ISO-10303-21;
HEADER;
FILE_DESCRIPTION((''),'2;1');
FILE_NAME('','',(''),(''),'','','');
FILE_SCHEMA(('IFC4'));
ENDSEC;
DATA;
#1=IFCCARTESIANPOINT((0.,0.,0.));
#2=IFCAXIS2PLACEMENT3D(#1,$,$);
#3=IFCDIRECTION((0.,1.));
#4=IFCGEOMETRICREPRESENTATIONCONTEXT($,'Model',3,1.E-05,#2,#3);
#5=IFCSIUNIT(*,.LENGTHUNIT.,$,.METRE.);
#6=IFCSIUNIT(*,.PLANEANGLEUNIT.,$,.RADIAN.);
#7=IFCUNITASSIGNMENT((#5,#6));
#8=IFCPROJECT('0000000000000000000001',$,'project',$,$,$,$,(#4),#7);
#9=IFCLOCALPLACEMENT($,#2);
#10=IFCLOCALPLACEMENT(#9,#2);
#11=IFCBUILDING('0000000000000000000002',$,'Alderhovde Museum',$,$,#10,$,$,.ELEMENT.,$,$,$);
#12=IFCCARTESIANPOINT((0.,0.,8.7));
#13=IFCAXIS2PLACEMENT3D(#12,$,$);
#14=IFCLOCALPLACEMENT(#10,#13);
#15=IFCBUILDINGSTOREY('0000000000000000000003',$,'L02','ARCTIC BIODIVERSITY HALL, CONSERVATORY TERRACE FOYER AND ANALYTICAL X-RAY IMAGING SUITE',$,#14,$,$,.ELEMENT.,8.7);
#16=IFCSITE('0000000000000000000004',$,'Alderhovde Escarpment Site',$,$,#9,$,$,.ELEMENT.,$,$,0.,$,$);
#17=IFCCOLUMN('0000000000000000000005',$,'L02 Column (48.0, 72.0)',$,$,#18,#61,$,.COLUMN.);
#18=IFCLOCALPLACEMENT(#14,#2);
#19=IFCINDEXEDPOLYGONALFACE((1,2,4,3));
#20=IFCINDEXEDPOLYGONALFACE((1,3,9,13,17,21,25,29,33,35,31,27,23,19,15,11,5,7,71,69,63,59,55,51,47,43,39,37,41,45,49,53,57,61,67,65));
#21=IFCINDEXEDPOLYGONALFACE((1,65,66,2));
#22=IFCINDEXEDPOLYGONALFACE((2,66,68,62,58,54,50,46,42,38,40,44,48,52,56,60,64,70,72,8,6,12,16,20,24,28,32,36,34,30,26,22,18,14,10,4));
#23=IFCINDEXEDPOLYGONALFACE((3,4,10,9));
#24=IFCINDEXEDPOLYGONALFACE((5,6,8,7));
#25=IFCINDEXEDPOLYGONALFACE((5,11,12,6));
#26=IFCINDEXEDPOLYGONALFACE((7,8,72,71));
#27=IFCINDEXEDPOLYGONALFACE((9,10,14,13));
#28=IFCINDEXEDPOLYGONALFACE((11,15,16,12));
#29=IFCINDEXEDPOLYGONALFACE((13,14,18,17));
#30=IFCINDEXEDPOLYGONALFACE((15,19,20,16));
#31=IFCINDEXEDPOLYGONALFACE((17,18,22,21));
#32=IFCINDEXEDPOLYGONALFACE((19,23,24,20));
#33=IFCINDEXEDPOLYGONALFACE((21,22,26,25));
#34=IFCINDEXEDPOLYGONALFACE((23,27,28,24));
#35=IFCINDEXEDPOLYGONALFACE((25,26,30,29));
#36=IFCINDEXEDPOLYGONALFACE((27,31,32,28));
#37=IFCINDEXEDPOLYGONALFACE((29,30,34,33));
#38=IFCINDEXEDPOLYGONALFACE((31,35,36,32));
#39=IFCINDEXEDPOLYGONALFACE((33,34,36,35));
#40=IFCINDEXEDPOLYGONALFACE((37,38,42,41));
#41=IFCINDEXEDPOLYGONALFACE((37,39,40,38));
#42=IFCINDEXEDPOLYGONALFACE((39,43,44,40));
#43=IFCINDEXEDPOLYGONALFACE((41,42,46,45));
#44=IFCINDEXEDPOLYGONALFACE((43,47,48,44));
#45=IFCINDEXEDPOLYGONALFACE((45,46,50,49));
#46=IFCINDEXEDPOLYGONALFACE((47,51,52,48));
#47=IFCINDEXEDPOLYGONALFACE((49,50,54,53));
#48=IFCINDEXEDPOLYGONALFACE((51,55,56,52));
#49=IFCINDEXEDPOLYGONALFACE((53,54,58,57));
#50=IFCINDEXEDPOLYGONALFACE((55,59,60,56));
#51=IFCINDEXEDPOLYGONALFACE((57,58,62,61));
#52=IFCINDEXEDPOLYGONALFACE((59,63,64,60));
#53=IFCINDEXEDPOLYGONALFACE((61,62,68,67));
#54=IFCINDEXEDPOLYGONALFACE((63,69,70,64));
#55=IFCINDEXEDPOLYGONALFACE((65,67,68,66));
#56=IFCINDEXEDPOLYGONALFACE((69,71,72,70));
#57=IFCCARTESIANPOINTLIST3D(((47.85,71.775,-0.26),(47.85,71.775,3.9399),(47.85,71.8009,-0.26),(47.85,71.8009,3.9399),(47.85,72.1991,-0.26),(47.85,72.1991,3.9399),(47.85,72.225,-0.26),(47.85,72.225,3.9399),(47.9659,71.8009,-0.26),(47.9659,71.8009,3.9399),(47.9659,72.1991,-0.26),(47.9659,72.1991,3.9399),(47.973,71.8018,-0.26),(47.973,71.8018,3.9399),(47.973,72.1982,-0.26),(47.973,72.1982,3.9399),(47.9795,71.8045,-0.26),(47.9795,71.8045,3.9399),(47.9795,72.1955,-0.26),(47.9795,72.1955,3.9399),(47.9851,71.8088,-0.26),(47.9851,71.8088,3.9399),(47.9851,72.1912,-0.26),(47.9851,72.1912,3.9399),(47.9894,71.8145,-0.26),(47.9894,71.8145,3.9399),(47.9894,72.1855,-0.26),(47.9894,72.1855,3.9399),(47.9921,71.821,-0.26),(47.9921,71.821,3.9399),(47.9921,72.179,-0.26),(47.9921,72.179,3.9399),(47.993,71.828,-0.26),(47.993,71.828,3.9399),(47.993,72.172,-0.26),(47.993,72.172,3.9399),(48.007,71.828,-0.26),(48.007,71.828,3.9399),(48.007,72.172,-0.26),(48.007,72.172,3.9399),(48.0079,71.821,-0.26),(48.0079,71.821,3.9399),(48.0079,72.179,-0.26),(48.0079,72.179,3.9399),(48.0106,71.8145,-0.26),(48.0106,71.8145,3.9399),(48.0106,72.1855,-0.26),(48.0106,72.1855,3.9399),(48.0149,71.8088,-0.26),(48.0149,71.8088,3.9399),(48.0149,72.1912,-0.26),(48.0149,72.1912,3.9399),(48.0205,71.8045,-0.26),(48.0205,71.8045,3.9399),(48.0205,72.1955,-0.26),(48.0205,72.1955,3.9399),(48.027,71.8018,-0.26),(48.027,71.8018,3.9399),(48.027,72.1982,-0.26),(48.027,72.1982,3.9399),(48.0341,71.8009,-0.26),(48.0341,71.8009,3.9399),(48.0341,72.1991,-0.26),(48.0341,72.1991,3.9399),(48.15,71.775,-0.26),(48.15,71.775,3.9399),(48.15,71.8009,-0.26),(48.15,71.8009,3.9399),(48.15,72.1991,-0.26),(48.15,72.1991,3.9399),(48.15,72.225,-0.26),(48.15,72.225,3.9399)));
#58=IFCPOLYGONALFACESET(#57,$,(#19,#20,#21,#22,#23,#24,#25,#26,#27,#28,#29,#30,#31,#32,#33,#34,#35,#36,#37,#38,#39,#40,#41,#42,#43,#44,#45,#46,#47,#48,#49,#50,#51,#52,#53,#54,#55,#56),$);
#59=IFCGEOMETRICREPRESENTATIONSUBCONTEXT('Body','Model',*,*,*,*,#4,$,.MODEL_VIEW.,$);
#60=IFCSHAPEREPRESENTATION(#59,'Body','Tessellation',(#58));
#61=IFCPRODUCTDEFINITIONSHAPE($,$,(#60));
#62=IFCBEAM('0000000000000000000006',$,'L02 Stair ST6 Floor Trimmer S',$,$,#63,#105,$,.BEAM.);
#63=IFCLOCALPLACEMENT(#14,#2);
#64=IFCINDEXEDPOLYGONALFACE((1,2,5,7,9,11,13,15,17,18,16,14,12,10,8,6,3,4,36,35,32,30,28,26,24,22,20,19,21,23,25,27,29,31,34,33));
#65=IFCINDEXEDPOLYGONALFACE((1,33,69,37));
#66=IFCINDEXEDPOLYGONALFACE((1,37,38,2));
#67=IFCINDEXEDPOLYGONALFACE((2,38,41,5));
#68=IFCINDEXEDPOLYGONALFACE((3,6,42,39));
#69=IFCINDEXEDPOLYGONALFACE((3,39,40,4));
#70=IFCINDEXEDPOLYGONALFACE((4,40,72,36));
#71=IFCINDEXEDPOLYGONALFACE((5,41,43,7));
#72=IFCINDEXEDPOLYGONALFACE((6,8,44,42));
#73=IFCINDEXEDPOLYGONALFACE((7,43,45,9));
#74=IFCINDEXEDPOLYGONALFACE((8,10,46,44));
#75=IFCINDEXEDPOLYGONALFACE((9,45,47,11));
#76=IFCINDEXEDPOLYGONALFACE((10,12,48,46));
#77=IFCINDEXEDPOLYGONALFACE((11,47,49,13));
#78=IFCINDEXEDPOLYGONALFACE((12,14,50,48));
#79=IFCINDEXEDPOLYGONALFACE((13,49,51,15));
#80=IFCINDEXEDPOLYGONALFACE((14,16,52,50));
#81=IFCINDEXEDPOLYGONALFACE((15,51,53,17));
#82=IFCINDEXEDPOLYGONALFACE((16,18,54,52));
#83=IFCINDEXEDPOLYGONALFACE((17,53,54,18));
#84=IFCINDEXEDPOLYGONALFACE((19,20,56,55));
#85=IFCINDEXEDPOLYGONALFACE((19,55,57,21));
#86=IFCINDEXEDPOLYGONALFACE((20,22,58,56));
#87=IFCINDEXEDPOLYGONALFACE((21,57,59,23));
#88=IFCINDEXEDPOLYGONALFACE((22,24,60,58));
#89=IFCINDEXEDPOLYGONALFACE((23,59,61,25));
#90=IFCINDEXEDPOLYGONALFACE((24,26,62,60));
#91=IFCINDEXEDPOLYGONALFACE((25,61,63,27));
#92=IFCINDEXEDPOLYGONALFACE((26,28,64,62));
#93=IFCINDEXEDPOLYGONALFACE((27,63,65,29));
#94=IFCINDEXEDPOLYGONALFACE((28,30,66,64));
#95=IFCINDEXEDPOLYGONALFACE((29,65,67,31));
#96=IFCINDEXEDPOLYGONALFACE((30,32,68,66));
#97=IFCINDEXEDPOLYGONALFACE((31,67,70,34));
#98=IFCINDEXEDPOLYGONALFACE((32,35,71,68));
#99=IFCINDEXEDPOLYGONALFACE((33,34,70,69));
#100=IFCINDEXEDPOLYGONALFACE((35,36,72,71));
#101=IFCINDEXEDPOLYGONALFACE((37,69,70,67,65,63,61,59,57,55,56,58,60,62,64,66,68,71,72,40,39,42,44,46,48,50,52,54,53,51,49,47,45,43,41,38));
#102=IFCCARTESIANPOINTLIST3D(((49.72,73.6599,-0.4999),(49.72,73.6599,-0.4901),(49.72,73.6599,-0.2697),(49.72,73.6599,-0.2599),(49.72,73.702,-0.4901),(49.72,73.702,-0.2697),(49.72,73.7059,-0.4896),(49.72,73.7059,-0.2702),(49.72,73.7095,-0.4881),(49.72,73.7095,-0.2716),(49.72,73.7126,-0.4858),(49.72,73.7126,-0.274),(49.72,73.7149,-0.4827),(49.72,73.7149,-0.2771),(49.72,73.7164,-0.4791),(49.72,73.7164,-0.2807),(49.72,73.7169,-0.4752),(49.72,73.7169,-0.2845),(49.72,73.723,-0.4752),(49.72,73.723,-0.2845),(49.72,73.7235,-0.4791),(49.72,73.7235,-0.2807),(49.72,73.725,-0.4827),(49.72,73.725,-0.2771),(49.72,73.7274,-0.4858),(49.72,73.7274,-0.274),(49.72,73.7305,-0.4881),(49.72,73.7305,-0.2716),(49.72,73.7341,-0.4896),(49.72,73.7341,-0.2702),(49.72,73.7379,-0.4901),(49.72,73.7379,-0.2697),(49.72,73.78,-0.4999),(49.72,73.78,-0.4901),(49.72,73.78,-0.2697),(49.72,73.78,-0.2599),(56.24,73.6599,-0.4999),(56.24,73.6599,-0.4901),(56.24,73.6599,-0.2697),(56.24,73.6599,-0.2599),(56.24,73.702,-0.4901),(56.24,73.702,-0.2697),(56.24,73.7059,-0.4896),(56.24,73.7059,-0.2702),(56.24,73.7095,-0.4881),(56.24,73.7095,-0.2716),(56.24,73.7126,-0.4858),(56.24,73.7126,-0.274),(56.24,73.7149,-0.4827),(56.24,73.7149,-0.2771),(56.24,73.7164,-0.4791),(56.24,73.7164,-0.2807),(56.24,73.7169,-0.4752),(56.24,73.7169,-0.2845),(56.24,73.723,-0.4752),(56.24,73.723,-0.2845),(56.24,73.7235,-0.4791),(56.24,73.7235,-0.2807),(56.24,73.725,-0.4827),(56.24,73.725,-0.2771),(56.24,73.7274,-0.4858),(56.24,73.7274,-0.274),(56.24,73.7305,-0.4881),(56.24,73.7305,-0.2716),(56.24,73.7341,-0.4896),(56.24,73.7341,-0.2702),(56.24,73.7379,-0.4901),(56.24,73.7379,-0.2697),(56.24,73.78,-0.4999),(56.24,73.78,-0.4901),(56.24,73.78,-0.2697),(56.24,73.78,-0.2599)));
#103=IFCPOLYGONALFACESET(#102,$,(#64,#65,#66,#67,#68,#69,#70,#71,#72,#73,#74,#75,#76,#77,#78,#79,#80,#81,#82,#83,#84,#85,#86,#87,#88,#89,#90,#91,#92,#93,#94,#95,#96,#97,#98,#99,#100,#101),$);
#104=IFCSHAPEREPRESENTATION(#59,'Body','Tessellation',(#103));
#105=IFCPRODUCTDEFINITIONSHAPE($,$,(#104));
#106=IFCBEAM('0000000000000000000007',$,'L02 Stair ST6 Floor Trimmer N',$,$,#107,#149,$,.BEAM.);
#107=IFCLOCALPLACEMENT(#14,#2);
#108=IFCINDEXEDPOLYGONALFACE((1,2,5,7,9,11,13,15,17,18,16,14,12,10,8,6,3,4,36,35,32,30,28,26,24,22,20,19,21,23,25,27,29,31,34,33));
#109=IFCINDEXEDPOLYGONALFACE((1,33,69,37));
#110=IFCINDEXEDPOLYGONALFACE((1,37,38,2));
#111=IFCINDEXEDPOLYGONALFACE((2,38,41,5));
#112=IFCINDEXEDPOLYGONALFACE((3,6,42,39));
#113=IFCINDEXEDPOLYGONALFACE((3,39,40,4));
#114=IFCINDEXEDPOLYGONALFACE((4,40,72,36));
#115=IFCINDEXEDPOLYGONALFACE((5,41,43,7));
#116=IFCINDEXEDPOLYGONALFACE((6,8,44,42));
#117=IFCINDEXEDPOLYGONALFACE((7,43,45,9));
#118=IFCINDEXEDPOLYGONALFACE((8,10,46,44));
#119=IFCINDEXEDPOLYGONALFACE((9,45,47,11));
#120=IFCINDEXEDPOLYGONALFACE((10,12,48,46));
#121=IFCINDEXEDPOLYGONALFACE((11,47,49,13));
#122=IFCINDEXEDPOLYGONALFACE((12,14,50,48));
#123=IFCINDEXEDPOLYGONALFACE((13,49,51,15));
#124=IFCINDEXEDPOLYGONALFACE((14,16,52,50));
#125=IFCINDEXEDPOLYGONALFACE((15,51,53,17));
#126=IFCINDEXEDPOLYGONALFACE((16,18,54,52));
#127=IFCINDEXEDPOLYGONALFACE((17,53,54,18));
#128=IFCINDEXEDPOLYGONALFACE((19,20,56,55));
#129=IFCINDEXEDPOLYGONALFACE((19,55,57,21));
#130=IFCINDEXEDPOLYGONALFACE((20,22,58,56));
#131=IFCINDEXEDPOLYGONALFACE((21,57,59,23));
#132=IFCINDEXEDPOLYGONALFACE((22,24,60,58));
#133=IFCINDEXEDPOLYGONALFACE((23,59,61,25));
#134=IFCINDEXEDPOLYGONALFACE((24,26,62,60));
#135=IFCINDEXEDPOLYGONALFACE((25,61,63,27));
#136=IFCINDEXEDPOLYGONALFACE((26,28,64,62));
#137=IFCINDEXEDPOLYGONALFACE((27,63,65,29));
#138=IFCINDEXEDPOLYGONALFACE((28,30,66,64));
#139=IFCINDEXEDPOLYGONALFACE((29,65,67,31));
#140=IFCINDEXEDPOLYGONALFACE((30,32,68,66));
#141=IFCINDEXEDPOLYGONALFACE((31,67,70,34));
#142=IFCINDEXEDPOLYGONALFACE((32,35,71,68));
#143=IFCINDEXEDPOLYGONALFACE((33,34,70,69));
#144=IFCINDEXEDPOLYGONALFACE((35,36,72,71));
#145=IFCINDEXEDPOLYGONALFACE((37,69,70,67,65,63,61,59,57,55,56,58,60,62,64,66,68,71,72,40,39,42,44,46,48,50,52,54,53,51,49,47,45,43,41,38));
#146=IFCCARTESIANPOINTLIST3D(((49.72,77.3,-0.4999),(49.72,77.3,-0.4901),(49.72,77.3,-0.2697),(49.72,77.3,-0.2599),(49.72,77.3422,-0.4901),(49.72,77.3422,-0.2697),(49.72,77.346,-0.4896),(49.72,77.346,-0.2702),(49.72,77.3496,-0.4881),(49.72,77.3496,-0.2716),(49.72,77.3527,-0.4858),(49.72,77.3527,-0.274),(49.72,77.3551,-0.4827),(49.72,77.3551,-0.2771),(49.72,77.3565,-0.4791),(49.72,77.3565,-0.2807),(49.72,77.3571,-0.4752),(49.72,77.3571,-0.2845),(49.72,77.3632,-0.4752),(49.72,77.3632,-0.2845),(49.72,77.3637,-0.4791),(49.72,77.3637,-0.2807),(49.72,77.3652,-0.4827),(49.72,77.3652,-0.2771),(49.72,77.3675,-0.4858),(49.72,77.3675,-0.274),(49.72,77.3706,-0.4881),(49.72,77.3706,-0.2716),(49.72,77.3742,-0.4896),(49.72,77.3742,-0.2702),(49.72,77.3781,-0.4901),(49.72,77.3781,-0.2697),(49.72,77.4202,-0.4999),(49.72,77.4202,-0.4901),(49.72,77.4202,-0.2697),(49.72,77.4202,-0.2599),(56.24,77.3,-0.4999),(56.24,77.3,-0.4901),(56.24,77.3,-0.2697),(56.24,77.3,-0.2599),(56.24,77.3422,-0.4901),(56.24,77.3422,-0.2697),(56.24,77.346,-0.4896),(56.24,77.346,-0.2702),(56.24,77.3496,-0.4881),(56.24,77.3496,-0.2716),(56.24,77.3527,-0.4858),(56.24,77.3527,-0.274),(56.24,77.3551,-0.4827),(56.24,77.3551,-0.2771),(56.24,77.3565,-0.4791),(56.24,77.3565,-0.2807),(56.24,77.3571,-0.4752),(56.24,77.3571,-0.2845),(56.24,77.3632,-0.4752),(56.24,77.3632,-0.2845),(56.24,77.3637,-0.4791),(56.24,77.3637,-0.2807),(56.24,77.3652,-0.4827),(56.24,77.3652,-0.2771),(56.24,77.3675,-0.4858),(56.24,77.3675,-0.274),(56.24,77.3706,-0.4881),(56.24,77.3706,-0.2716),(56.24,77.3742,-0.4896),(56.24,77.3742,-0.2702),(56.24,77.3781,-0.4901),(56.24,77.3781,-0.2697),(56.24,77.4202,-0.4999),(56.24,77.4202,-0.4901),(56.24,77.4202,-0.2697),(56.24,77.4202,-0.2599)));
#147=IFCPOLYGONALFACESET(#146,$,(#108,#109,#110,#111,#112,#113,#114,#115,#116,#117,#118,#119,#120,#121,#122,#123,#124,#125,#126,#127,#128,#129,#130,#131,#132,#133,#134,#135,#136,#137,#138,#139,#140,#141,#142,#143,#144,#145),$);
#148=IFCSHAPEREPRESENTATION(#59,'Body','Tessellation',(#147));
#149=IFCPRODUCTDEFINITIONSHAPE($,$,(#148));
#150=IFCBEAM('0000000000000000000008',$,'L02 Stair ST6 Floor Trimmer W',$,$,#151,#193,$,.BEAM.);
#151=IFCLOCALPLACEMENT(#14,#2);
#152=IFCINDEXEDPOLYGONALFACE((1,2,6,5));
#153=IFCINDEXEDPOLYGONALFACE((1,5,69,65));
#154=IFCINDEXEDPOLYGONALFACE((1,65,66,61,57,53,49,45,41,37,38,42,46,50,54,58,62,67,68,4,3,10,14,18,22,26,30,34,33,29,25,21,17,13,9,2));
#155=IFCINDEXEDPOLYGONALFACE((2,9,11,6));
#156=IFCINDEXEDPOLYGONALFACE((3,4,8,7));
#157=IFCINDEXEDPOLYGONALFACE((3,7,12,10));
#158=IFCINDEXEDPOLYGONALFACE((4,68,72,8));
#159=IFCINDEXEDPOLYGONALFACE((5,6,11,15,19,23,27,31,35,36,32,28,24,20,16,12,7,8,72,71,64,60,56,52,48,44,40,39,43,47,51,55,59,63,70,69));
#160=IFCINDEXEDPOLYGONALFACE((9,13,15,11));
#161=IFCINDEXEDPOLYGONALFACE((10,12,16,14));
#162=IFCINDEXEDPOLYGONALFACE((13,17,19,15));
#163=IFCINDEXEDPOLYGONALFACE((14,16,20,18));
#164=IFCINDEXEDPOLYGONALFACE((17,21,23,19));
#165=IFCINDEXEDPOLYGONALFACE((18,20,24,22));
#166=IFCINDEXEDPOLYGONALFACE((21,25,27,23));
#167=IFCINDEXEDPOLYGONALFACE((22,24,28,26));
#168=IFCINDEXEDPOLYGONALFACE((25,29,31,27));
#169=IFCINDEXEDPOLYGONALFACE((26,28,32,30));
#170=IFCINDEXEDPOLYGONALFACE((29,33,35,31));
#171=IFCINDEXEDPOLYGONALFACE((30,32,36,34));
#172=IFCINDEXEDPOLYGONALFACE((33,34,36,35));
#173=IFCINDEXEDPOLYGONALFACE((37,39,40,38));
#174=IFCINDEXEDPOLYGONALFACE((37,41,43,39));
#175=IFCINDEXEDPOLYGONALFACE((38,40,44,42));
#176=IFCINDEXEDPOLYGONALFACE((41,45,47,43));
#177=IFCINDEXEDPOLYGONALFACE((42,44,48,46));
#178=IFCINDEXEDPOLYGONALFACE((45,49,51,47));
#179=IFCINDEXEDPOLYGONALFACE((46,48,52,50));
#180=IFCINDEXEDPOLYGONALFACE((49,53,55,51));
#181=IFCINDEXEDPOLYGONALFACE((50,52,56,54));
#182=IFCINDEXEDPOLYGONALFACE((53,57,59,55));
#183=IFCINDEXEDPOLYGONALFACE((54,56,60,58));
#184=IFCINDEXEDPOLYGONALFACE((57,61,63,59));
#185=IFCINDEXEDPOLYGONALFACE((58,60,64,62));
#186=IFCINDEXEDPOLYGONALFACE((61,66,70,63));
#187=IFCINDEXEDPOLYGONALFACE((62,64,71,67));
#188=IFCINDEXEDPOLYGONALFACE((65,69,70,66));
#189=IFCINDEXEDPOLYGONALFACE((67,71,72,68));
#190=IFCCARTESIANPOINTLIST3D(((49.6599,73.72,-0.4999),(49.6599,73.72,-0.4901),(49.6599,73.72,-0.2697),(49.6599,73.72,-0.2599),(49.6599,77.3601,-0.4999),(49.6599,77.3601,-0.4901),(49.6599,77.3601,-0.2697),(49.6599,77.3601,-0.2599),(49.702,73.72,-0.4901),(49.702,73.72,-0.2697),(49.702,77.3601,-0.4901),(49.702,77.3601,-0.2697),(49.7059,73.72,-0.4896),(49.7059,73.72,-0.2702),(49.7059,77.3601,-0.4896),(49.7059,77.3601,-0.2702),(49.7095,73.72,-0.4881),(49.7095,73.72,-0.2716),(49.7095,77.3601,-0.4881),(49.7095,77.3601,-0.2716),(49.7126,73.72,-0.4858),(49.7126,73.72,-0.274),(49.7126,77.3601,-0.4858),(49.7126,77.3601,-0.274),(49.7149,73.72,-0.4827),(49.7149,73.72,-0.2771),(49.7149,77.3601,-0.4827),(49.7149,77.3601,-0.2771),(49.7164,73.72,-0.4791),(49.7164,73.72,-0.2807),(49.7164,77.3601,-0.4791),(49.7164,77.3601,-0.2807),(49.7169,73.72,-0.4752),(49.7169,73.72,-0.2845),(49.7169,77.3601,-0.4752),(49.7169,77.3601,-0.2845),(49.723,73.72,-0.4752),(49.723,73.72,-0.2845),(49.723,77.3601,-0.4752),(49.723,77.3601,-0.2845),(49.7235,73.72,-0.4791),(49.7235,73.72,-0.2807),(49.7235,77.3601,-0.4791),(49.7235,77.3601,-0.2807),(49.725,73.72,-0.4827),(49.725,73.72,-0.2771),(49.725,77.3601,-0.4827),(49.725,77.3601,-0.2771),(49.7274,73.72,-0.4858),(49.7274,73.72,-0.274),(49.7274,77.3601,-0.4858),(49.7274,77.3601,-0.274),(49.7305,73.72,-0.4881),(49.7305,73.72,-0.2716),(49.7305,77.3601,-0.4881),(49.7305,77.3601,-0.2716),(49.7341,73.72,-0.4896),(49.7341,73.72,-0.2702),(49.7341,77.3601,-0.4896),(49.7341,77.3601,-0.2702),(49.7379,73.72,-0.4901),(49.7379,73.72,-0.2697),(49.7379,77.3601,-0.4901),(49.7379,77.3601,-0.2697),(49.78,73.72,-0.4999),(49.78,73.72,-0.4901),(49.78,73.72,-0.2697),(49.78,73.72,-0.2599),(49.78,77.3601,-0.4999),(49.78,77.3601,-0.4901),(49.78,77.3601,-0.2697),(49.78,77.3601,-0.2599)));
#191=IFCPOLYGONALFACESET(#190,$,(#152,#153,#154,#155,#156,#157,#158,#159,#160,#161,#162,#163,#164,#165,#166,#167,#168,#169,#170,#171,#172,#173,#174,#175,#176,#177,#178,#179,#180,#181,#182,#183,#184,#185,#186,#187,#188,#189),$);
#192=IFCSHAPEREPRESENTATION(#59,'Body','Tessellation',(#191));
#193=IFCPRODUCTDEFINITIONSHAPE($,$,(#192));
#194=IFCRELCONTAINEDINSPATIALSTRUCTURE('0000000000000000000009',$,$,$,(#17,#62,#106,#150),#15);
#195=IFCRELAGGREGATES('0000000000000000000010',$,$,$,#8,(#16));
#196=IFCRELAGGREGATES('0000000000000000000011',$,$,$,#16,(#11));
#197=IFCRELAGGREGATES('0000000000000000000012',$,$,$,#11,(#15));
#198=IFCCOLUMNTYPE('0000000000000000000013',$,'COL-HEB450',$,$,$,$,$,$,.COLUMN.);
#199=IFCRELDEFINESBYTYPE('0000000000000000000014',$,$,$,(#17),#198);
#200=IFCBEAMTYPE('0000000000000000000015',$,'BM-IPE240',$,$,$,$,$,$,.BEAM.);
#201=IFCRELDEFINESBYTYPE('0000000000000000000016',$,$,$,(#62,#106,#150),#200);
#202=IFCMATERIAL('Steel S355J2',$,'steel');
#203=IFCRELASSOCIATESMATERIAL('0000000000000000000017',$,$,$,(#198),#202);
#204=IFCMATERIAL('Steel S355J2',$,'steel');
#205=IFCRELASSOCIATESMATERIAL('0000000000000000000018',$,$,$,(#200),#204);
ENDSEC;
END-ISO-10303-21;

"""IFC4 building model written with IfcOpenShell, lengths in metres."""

from ifc_helpers import new_model, si_unit, direction, frame, origin, origin_2d, place, context, subcontext, project, spatial, i_section, extrude, material, material_profile, profile_set, type_object, element, save


model = new_model("IFC4")

# Units and contexts
model_context = context("Model", 3, precision=1e-05, world=origin(), true_north=direction((0.0, 1.0)))
body_context = subcontext(model_context, "Body", "Model", "MODEL_VIEW")
ifc_project = project(units=[si_unit("LENGTHUNIT", "METRE"), si_unit("PLANEANGLEUNIT", "RADIAN")], contexts=[model_context])

# Site, building, storey
site_placement = place(None, origin())
site = spatial("IfcSite", under=ifc_project, at=site_placement, Name="Alderhovde Escarpment Site", CompositionType="ELEMENT", RefElevation=0.0)
building_placement = place(site_placement, origin())
building = spatial("IfcBuilding", under=site, at=building_placement, Name="Alderhovde Museum", CompositionType="ELEMENT")
storey_placement = place(building_placement, frame((0.0, 0.0, 8.7)))
storey = spatial("IfcBuildingStorey", under=building, at=storey_placement, Name="L02", Description="ARCTIC BIODIVERSITY HALL, CONSERVATORY TERRACE FOYER AND ANALYTICAL X-RAY IMAGING SUITE", CompositionType="ELEMENT", Elevation=8.7)

# Column
ifc_material_1 = material(Name="Steel S355J2", Category="steel")
ifc_material_profile_1 = material_profile(ifc_material_1, i_section(OverallWidth=0.3, OverallDepth=0.45, WebThickness=0.0139, FlangeThickness=0.0259, FilletRadius=0.0271, at=origin_2d()), Name="HEB 450")
ifc_profile_set_1 = profile_set([ifc_material_profile_1], Name="Steel S355J2")
column_type_1 = type_object("IfcColumnType", Name="COL-HEB450", PredefinedType="COLUMN", material=ifc_profile_set_1)
column_1_placement = place(storey_placement, frame((48.0, 72.0, -0.26), z_axis=(0.0, 0.0, 1.0), x_axis=(1.0, 0.0, 0.0)))
element("IfcColumn", 1, at=column_1_placement, inside=storey, type_object=column_type_1, Name="L02 Column (48.0, 72.0)", PredefinedType="COLUMN", context=body_context, shape_type="SweptSolid", body=[
    extrude(i_section(OverallWidth=0.3, OverallDepth=0.45, WebThickness=0.0139, FlangeThickness=0.0259, FilletRadius=0.0271, at=origin_2d()), origin(), (0.0, 0.0, 1.0), 4.2),
])

# Beams
ifc_material_2 = material(Name="Steel S355J2", Category="steel")
ifc_material_profile_2 = material_profile(ifc_material_2, i_section(OverallWidth=0.1201, OverallDepth=0.24, WebThickness=0.0061, FlangeThickness=0.0098, FilletRadius=0.0149, at=origin_2d()), Name="IPE 240")
ifc_profile_set_2 = profile_set([ifc_material_profile_2], Name="Steel S355J2")
beam_type_1 = type_object("IfcBeamType", Name="BM-IPE240", PredefinedType="BEAM", material=ifc_profile_set_2)
for number, where, z_axis, x_axis, name in (
    (2, (49.72, 73.72, -0.3799), (1.0, 0.0, 0.0), (0.0, 1.0, 0.0), "L02 Stair ST6 Floor Trimmer S"),
    (3, (49.72, 77.3601, -0.3799), (1.0, 0.0, 0.0), (0.0, 1.0, 0.0), "L02 Stair ST6 Floor Trimmer N"),
):
    element("IfcBeam", number, at=place(storey_placement, frame(where, z_axis=z_axis, x_axis=x_axis)), inside=storey, type_object=beam_type_1, Name=name, PredefinedType="BEAM", context=body_context, shape_type="SweptSolid", body=[
        extrude(i_section(OverallWidth=0.1201, OverallDepth=0.24, WebThickness=0.0061, FlangeThickness=0.0098, FilletRadius=0.0149, at=origin_2d()), origin(), (0.0, 0.0, 1.0), 6.52),
    ])
beam_1_placement = place(storey_placement, frame((49.72, 73.72, -0.3799), z_axis=(0.0, 1.0, 0.0), x_axis=(-1.0, 0.0, 0.0)))
element("IfcBeam", 4, at=beam_1_placement, inside=storey, type_object=beam_type_1, Name="L02 Stair ST6 Floor Trimmer W", PredefinedType="BEAM", context=body_context, shape_type="SweptSolid", body=[
    extrude(i_section(OverallWidth=0.1201, OverallDepth=0.24, WebThickness=0.0061, FlangeThickness=0.0098, FilletRadius=0.0149, at=origin_2d()), origin(), (0.0, 0.0, 1.0), 3.6401),
])

save(model, "model.ifc")
